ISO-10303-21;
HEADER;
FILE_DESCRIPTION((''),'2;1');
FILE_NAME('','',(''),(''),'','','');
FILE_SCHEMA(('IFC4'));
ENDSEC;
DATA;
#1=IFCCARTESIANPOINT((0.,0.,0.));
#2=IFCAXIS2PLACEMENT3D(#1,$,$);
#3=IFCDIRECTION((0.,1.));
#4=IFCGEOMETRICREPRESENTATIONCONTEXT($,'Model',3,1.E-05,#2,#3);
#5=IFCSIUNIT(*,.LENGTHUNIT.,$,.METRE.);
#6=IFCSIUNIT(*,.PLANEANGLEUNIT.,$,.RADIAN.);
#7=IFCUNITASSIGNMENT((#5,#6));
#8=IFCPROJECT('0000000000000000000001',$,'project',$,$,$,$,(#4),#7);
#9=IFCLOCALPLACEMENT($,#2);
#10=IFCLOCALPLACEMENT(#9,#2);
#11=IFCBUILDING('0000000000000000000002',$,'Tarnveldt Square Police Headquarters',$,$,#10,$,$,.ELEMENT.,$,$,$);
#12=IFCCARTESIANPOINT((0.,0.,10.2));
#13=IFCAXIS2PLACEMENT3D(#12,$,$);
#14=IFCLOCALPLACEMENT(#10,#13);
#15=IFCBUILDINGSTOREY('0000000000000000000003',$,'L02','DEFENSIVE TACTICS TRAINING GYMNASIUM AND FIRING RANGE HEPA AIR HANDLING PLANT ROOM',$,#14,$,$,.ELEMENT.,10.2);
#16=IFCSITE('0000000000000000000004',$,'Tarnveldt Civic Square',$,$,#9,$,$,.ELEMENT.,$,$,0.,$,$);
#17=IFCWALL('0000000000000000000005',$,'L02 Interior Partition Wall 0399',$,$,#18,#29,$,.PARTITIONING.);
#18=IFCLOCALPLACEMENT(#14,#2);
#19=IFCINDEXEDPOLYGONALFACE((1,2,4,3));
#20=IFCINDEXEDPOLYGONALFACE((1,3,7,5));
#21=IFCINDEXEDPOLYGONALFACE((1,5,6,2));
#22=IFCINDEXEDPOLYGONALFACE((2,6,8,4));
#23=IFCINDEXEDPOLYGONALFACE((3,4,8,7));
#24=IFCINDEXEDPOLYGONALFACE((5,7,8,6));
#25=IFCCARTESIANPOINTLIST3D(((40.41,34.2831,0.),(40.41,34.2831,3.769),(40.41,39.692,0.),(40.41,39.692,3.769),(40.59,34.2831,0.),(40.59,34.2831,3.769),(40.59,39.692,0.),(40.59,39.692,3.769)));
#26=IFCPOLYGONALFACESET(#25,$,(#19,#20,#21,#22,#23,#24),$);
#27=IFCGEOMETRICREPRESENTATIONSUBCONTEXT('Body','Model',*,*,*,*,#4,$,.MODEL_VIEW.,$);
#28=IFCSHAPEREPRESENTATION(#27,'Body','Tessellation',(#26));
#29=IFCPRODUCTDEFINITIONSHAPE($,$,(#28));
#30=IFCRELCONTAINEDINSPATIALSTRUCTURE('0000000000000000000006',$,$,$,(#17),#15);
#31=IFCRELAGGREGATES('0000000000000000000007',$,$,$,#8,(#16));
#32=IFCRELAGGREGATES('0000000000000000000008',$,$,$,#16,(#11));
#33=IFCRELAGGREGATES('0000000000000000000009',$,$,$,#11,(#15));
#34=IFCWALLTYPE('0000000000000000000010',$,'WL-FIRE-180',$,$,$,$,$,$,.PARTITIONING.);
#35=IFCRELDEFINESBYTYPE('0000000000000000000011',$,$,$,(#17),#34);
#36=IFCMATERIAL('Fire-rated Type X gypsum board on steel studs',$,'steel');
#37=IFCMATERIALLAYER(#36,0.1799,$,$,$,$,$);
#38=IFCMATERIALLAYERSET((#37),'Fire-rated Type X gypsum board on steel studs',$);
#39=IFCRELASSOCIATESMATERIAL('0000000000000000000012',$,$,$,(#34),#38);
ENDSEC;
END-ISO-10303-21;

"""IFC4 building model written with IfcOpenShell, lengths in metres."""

from ifc_helpers import new_model, si_unit, direction, frame, frame_2d, origin, place, context, subcontext, project, spatial, rectangle, extrude, material, layer, layer_set, type_object, element, save


model = new_model("IFC4")

# Units and contexts
model_context = context("Model", 3, precision=1e-05, world=origin(), true_north=direction((0.0, 1.0)))
body_context = subcontext(model_context, "Body", "Model", "MODEL_VIEW")
ifc_project = project(units=[si_unit("LENGTHUNIT", "METRE"), si_unit("PLANEANGLEUNIT", "RADIAN")], contexts=[model_context])

# Site, building, storey
site_placement = place(None, origin())
site = spatial("IfcSite", under=ifc_project, at=site_placement, Name="Tarnveldt Civic Square", CompositionType="ELEMENT", RefElevation=0.0)
building_placement = place(site_placement, origin())
building = spatial("IfcBuilding", under=site, at=building_placement, Name="Tarnveldt Square Police Headquarters", CompositionType="ELEMENT")
storey_placement = place(building_placement, frame((0.0, 0.0, 10.2)))
storey = spatial("IfcBuildingStorey", under=building, at=storey_placement, Name="L02", Description="DEFENSIVE TACTICS TRAINING GYMNASIUM AND FIRING RANGE HEPA AIR HANDLING PLANT ROOM", CompositionType="ELEMENT", Elevation=10.2)

# Shared definitions
ifc_material_1 = material(Name="Fire-rated Type X gypsum board on steel studs", Category="steel")
ifc_layer_1 = layer(ifc_material_1, 0.1799)
ifc_layer_set_1 = layer_set([ifc_layer_1], Name="Fire-rated Type X gypsum board on steel studs")
wall_type_1 = type_object("IfcWallType", Name="WL-FIRE-180", PredefinedType="PARTITIONING", material=ifc_layer_set_1)

# Wall
wall_1_placement = place(storey_placement, frame((40.5, 34.283, 0.0), z_axis=(0.0, 0.0, 1.0), x_axis=(0.0, 1.0, 0.0)))
element("IfcWall", 1, at=wall_1_placement, inside=storey, type_object=wall_type_1, Name="L02 Interior Partition Wall 0399", PredefinedType="PARTITIONING", context=body_context, shape_type="SweptSolid", body=[
    extrude(rectangle(XDim=5.4089, YDim=0.1799, at=frame_2d((2.7046, 0.0))), origin(), (0.0, 0.0, 1.0), 3.769),
])

save(model, "model.ifc")
